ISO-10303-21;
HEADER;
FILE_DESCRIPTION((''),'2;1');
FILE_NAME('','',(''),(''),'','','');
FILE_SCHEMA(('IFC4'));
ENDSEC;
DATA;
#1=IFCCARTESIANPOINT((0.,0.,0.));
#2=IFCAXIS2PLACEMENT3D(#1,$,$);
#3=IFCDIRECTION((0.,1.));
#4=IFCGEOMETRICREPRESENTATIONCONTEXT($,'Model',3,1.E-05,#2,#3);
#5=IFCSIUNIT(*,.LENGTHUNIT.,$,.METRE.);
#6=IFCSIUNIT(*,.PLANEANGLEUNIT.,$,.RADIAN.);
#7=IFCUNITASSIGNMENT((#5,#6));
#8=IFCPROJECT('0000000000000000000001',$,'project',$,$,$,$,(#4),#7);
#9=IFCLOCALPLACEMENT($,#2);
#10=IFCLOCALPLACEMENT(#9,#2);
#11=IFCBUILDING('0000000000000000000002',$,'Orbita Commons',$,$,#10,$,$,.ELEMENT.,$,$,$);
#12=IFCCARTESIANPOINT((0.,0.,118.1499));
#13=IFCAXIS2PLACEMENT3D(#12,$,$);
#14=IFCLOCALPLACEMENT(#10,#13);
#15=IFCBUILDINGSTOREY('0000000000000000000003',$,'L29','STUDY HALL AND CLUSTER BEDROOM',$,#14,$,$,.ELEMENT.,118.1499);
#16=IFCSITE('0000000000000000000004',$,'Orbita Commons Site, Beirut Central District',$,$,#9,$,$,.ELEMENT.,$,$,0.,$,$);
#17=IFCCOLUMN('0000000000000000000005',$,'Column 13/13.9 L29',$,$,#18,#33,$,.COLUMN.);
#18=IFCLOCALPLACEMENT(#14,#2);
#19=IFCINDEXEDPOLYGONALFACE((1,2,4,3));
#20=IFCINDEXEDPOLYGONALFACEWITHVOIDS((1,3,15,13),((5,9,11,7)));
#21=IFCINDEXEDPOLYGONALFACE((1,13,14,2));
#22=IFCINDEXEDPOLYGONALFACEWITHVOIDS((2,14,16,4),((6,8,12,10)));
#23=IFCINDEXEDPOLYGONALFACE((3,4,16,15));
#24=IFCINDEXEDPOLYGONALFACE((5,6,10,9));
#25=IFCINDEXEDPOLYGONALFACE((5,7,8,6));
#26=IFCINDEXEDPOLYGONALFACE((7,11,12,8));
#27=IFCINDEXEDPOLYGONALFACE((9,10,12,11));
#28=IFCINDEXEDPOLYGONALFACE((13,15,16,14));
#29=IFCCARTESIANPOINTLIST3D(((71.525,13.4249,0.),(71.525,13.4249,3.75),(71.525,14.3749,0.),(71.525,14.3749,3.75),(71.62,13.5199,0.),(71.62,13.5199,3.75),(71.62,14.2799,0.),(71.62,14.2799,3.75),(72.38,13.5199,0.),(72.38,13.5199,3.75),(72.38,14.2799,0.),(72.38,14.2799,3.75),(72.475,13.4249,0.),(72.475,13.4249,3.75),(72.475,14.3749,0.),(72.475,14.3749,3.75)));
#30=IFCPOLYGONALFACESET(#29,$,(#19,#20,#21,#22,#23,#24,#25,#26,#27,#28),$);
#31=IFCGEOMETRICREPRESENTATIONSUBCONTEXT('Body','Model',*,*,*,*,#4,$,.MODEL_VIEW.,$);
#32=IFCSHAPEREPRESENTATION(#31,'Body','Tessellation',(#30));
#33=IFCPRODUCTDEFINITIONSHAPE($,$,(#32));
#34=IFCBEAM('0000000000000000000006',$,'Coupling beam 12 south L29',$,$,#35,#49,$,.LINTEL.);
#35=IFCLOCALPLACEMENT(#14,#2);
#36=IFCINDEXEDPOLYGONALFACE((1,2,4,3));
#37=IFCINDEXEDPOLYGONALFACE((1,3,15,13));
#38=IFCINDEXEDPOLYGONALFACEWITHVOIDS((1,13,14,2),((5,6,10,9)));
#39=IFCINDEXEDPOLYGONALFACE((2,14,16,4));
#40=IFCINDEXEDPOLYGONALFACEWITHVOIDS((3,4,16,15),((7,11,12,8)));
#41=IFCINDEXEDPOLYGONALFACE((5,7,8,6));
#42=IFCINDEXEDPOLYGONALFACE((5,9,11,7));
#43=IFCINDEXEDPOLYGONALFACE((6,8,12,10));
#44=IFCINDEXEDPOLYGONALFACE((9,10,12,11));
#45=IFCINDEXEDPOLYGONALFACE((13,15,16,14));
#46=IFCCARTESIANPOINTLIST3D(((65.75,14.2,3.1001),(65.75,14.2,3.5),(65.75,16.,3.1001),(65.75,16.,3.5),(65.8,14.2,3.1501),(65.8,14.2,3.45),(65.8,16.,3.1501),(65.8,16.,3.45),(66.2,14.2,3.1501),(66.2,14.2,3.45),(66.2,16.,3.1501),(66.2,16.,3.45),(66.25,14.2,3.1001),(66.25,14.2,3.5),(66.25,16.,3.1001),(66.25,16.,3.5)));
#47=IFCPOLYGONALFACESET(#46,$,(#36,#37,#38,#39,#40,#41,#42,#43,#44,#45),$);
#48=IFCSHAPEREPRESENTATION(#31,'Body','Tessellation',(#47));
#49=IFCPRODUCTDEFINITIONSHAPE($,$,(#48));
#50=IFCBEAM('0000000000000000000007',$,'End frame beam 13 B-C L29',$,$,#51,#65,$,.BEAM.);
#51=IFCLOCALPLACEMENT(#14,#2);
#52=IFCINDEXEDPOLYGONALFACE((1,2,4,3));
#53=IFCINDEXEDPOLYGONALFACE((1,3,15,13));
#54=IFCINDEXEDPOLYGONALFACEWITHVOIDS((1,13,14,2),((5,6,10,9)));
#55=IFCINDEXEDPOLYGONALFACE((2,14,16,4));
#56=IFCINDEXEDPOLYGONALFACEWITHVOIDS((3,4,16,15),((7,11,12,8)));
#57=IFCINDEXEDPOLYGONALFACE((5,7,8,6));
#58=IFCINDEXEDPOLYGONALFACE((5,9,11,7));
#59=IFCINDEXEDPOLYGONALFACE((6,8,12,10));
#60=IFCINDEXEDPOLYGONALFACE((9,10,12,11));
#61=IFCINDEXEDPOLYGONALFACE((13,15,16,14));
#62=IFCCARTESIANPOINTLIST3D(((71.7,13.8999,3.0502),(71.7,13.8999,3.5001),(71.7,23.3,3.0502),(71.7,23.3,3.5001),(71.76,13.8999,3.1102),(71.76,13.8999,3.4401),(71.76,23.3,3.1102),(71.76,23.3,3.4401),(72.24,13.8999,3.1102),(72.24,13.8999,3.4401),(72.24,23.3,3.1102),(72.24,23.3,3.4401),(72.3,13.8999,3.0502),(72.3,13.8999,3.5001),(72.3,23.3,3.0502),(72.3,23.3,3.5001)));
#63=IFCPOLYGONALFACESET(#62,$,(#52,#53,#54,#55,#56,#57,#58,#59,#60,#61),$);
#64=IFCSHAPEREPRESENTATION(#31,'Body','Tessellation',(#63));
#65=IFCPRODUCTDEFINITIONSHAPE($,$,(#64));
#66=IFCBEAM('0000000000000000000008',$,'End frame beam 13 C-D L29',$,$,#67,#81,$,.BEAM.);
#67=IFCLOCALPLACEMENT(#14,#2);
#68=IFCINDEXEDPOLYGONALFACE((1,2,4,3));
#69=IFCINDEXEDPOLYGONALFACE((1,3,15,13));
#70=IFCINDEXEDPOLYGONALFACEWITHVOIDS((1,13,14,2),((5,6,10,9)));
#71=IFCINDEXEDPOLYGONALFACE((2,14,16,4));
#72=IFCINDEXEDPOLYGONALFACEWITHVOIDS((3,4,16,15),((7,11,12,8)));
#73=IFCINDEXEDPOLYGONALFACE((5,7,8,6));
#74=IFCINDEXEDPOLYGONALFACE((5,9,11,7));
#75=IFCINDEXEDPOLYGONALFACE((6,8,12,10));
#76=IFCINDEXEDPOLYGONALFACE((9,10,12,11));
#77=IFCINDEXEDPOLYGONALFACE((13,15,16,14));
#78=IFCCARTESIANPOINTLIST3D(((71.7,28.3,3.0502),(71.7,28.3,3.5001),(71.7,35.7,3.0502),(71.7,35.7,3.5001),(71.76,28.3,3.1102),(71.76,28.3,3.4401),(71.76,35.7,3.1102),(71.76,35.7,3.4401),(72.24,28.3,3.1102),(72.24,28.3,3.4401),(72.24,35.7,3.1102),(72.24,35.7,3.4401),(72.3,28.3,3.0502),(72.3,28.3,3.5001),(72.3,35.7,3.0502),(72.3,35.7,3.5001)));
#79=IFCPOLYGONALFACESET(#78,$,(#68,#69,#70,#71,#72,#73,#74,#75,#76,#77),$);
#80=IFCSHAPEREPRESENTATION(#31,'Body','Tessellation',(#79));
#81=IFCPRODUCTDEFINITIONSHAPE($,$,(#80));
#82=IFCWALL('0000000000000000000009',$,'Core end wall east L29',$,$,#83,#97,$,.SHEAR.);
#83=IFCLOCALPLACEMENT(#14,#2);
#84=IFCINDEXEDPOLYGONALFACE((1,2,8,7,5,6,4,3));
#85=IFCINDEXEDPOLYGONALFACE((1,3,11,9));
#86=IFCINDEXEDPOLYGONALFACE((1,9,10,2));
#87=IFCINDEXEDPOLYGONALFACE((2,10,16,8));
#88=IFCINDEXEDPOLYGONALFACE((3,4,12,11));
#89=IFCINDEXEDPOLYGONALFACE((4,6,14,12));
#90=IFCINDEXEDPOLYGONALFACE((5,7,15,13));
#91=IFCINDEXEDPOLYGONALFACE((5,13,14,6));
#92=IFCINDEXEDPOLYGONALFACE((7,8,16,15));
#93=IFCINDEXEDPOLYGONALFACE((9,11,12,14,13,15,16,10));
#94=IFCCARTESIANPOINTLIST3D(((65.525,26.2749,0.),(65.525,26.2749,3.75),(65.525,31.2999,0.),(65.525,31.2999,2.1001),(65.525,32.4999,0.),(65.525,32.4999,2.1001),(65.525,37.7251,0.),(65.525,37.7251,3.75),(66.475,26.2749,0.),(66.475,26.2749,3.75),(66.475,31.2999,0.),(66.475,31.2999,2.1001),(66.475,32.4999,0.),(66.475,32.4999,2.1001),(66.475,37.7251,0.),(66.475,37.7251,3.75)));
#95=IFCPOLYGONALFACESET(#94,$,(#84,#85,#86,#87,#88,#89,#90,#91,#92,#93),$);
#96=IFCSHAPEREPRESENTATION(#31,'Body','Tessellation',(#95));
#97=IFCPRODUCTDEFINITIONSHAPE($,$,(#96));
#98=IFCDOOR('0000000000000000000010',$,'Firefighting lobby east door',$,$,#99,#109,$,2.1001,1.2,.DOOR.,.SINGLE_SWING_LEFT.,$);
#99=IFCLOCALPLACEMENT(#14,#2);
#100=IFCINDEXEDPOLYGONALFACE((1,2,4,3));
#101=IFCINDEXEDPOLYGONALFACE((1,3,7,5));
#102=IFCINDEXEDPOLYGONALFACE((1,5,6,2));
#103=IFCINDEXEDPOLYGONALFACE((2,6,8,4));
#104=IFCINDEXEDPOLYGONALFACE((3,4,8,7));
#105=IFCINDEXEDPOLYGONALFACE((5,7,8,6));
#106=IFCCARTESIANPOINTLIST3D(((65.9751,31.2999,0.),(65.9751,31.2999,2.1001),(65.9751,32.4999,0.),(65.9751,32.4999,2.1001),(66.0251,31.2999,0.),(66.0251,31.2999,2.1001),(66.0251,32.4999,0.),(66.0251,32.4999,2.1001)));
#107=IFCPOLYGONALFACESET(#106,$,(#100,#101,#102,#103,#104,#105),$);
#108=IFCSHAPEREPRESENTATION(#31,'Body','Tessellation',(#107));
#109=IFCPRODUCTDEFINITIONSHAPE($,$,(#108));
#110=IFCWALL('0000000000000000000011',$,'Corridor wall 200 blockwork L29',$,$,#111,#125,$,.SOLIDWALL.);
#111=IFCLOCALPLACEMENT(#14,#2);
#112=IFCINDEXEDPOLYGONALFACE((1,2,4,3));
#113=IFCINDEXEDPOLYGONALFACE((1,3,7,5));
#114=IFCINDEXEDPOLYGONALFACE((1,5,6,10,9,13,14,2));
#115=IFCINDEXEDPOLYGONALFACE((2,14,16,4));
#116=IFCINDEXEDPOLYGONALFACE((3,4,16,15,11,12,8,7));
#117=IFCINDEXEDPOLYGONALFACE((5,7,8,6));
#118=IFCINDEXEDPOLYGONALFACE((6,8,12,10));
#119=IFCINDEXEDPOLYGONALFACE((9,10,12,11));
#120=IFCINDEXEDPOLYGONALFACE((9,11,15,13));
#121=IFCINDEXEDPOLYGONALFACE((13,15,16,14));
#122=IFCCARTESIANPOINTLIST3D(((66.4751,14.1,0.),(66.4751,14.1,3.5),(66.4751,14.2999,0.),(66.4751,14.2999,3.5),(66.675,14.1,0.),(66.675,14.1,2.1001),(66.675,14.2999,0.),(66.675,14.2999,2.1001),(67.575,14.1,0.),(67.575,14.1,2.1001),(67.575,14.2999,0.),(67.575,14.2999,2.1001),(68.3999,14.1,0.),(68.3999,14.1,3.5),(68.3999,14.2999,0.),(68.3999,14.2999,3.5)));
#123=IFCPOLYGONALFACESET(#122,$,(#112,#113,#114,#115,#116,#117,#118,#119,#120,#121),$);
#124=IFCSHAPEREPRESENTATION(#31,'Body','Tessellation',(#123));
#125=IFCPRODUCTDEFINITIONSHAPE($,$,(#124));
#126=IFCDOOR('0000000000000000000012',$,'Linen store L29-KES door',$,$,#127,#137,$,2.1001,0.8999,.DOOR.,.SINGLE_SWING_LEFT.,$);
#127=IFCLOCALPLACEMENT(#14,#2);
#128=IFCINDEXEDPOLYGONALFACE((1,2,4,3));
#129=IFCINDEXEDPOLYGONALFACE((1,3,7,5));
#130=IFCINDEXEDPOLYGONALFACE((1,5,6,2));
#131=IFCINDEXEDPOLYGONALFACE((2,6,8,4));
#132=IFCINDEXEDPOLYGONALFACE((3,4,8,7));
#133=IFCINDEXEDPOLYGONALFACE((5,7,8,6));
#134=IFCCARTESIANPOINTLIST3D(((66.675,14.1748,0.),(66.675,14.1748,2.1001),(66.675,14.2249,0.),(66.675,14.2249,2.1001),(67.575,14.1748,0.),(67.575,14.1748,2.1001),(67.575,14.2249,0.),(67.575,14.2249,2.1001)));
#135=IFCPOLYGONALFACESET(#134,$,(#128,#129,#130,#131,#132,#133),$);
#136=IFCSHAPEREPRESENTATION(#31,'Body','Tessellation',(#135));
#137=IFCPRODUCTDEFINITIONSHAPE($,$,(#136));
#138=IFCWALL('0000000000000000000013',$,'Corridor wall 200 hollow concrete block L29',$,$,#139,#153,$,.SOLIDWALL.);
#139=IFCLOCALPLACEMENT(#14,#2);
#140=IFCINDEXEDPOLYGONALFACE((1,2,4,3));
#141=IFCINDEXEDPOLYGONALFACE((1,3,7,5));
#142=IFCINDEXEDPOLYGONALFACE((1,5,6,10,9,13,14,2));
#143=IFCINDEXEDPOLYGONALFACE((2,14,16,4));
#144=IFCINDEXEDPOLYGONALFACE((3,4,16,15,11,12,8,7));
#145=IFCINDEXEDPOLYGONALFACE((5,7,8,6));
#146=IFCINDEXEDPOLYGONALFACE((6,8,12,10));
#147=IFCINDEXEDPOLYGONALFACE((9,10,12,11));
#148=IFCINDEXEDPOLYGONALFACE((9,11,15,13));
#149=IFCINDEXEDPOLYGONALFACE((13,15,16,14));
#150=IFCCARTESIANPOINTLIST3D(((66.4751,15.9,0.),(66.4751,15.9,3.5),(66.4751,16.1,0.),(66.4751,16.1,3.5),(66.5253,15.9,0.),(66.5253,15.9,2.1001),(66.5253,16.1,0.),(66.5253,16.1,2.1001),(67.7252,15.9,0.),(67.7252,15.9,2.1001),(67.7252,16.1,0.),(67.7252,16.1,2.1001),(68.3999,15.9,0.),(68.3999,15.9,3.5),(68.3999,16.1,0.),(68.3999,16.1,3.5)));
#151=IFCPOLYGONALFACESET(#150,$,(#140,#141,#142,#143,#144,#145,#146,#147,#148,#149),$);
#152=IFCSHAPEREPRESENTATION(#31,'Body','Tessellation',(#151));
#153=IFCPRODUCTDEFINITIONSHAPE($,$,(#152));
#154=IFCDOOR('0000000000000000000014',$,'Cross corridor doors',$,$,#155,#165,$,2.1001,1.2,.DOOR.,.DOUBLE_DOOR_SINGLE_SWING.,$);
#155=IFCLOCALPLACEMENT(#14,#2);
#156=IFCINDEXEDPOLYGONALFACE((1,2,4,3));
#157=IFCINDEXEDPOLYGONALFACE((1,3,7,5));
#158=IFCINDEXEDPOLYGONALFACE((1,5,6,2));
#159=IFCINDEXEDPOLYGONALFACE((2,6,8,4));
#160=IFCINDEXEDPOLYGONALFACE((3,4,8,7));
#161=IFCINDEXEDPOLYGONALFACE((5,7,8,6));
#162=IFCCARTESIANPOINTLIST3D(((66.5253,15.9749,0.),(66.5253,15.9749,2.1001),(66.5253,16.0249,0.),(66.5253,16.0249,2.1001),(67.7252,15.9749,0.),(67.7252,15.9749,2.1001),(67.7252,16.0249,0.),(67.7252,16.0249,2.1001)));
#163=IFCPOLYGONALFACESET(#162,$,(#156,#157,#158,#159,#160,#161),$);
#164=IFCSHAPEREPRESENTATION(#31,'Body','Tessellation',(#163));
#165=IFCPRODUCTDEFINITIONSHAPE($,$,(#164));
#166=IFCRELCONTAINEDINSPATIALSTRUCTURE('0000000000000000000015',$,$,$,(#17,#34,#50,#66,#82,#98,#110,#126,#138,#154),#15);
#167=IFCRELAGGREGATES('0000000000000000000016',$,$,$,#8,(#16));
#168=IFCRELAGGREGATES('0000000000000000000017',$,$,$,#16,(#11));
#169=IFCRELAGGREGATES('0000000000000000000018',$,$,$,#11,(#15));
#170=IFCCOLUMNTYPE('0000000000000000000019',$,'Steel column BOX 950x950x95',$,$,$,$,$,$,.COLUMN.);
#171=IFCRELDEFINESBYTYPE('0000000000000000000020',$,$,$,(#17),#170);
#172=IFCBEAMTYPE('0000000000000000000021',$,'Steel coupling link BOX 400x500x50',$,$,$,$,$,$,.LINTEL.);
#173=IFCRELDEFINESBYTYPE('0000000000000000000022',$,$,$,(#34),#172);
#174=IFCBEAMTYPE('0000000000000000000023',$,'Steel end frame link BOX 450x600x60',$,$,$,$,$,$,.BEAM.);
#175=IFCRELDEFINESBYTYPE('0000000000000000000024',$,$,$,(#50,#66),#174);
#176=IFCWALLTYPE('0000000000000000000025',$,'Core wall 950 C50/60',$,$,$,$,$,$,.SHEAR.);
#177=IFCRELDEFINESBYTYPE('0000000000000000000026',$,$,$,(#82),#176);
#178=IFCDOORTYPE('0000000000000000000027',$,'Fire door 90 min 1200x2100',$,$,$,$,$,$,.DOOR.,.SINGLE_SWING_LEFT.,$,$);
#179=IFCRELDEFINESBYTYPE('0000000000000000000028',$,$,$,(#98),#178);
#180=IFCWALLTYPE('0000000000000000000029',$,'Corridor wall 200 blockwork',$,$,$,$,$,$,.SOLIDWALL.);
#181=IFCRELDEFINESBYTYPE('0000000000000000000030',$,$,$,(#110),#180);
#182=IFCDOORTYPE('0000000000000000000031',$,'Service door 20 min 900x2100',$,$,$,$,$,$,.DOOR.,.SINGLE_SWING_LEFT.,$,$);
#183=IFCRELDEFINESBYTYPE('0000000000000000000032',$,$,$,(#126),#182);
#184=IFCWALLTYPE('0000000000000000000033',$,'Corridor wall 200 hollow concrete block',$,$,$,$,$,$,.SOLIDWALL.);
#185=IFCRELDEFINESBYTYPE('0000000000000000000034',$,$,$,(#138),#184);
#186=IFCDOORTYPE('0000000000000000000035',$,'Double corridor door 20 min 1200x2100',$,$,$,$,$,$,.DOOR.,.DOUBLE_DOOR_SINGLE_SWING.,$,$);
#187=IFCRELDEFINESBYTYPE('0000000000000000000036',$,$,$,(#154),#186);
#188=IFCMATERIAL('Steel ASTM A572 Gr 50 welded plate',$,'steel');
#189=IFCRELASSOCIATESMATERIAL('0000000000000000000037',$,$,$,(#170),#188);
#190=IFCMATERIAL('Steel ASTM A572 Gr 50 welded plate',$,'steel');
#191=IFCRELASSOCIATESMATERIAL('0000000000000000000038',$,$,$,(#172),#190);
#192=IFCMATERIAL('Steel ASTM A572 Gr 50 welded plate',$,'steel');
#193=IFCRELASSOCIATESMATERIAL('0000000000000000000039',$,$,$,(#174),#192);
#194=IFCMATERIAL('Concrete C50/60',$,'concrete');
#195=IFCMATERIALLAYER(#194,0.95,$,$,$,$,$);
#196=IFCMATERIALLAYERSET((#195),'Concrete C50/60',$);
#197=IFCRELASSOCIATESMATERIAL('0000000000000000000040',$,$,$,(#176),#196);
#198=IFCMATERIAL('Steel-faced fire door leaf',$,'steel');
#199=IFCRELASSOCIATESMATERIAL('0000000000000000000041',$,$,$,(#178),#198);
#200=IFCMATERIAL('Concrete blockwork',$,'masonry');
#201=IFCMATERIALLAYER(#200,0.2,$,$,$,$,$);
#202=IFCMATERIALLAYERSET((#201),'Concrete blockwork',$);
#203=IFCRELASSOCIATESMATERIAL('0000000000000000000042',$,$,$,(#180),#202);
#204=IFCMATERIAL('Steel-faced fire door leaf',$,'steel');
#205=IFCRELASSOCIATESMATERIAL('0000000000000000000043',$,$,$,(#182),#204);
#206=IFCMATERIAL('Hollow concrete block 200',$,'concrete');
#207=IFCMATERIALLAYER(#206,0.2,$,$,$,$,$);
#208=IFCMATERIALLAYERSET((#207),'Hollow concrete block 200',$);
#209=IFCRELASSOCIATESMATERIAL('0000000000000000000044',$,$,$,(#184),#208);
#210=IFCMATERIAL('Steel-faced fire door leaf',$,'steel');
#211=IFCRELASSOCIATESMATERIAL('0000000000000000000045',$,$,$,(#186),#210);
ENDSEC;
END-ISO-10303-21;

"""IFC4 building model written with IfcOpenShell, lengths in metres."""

from ifc_helpers import new_model, si_unit, direction, frame, frame_2d, origin, origin_2d, place, context, subcontext, project, spatial, rectangle, hollow_rectangle, extrude, material, layer, layer_set, material_profile, profile_set, type_object, element, fill, save


model = new_model("IFC4")

# Units and contexts
model_context = context("Model", 3, precision=1e-05, world=origin(), true_north=direction((0.0, 1.0)))
body_context = subcontext(model_context, "Body", "Model", "MODEL_VIEW")
ifc_project = project(units=[si_unit("LENGTHUNIT", "METRE"), si_unit("PLANEANGLEUNIT", "RADIAN")], contexts=[model_context])

# Site, building, storey
site_placement = place(None, origin())
site = spatial("IfcSite", under=ifc_project, at=site_placement, Name="Orbita Commons Site, Beirut Central District", CompositionType="ELEMENT", RefElevation=0.0)
building_placement = place(site_placement, origin())
building = spatial("IfcBuilding", under=site, at=building_placement, Name="Orbita Commons", CompositionType="ELEMENT")
storey_placement = place(building_placement, frame((0.0, 0.0, 118.1499)))
storey = spatial("IfcBuildingStorey", under=building, at=storey_placement, Name="L29", Description="STUDY HALL AND CLUSTER BEDROOM", CompositionType="ELEMENT", Elevation=118.1499)

# Column
ifc_material_1 = material(Name="Steel ASTM A572 Gr 50 welded plate", Category="steel")
ifc_material_profile_1 = material_profile(ifc_material_1, hollow_rectangle(XDim=0.95, YDim=0.95, WallThickness=0.095, at=origin_2d()), Name="BOX 950x950x95")
ifc_profile_set_1 = profile_set([ifc_material_profile_1], Name="Steel ASTM A572 Gr 50 welded plate")
column_type = type_object("IfcColumnType", Name="Steel column BOX 950x950x95", PredefinedType="COLUMN", material=ifc_profile_set_1)
column_placement = place(storey_placement, frame((72.0, 13.8999, 0.0), z_axis=(0.0, 0.0, 1.0), x_axis=(1.0, 0.0, 0.0)))
element("IfcColumn", 1, at=column_placement, inside=storey, type_object=column_type, Name="Column 13/13.9 L29", PredefinedType="COLUMN", context=body_context, shape_type="SweptSolid", body=[
    extrude(hollow_rectangle(XDim=0.95, YDim=0.95, WallThickness=0.095, at=origin_2d()), origin(), (0.0, 0.0, 1.0), 3.75),
])

# Beams
ifc_material_2 = material(Name="Steel ASTM A572 Gr 50 welded plate", Category="steel")
ifc_material_profile_2 = material_profile(ifc_material_2, hollow_rectangle(XDim=0.5, YDim=0.3999, WallThickness=0.05, at=origin_2d()), Name="BOX 400x500x50")
ifc_profile_set_2 = profile_set([ifc_material_profile_2], Name="Steel ASTM A572 Gr 50 welded plate")
beam_type_1 = type_object("IfcBeamType", Name="Steel coupling link BOX 400x500x50", PredefinedType="LINTEL", material=ifc_profile_set_2)
beam_1_placement = place(storey_placement, frame((66.0, 14.2, 3.3), z_axis=(0.0, 1.0, 0.0), x_axis=(-1.0, 0.0, 0.0)))
element("IfcBeam", 2, at=beam_1_placement, inside=storey, type_object=beam_type_1, Name="Coupling beam 12 south L29", PredefinedType="LINTEL", context=body_context, shape_type="SweptSolid", body=[
    extrude(hollow_rectangle(XDim=0.5, YDim=0.3999, WallThickness=0.05, at=origin_2d()), origin(), (0.0, 0.0, 1.0), 1.8),
])
ifc_material_3 = material(Name="Steel ASTM A572 Gr 50 welded plate", Category="steel")
ifc_material_profile_3 = material_profile(ifc_material_3, hollow_rectangle(XDim=0.6001, YDim=0.45, WallThickness=0.0601, at=origin_2d()), Name="BOX 450x600x60")
ifc_profile_set_3 = profile_set([ifc_material_profile_3], Name="Steel ASTM A572 Gr 50 welded plate")
beam_type_2 = type_object("IfcBeamType", Name="Steel end frame link BOX 450x600x60", PredefinedType="BEAM", material=ifc_profile_set_3)
beam_2_placement = place(storey_placement, frame((72.0, 13.8999, 3.2751), z_axis=(0.0, 1.0, 0.0), x_axis=(-1.0, 0.0, 0.0)))
element("IfcBeam", 3, at=beam_2_placement, inside=storey, type_object=beam_type_2, Name="End frame beam 13 B-C L29", PredefinedType="BEAM", context=body_context, shape_type="SweptSolid", body=[
    extrude(hollow_rectangle(XDim=0.6001, YDim=0.45, WallThickness=0.0601, at=origin_2d()), origin(), (0.0, 0.0, 1.0), 9.4001),
])
beam_3_placement = place(storey_placement, frame((72.0, 28.3, 3.2751), z_axis=(0.0, 1.0, 0.0), x_axis=(-1.0, 0.0, 0.0)))
element("IfcBeam", 4, at=beam_3_placement, inside=storey, type_object=beam_type_2, Name="End frame beam 13 C-D L29", PredefinedType="BEAM", context=body_context, shape_type="SweptSolid", body=[
    extrude(hollow_rectangle(XDim=0.6001, YDim=0.45, WallThickness=0.0601, at=origin_2d()), origin(), (0.0, 0.0, 1.0), 7.3999),
])

# Walls, openings, doors
ifc_material_4 = material(Name="Concrete C50/60", Category="concrete")
ifc_layer_1 = layer(ifc_material_4, 0.95)
ifc_layer_set_1 = layer_set([ifc_layer_1], Name="Concrete C50/60")
wall_type_1 = type_object("IfcWallType", Name="Core wall 950 C50/60", PredefinedType="SHEAR", material=ifc_layer_set_1)
wall_1_placement = place(storey_placement, frame((66.0, 26.2749, 0.0), z_axis=(0.0, 0.0, 1.0), x_axis=(0.0, 1.0, 0.0)))
wall_1 = element("IfcWall", 5, at=wall_1_placement, inside=storey, type_object=wall_type_1, Name="Core end wall east L29", PredefinedType="SHEAR", context=body_context, shape_type="SweptSolid", body=[
    extrude(rectangle(XDim=11.4502, YDim=0.95, at=frame_2d((5.7251, 0.0))), origin(), (0.0, 0.0, 1.0), 3.75),
])
opening_1_placement = place(wall_1_placement, frame((5.0249, 0.0, 0.0)))
opening_1 = element("IfcOpeningElement", 6, at=opening_1_placement, cuts=wall_1, PredefinedType="OPENING", context=body_context, shape_type="SweptSolid", body=[
    extrude(rectangle(XDim=1.2, YDim=2.1001, at=frame_2d((0.6001, 1.05))), frame((0.0, 0.4849, 0.0), z_axis=(0.0, -1.0, 0.0), x_axis=(1.0, 0.0, 0.0)), (0.0, 0.0, 1.0), 0.97),
])
ifc_material_5 = material(Name="Steel-faced fire door leaf", Category="steel")
door_type_1 = type_object("IfcDoorType", Name="Fire door 90 min 1200x2100", OperationType="SINGLE_SWING_LEFT", PredefinedType="DOOR", material=ifc_material_5)
door_1_placement = place(opening_1_placement, origin())
door_1 = element("IfcDoor", 7, at=door_1_placement, inside=storey, type_object=door_type_1, Name="Firefighting lobby east door", OperationType="SINGLE_SWING_LEFT", OverallHeight=2.1001, OverallWidth=1.2, PredefinedType="DOOR", context=body_context, shape_type="SweptSolid", body=[
    extrude(rectangle(XDim=1.2, YDim=2.1001, at=frame_2d((0.6001, 1.05))), frame((0.0, 0.0249, 0.0), z_axis=(0.0, -1.0, 0.0), x_axis=(1.0, 0.0, 0.0)), (0.0, 0.0, 1.0), 0.05),
])
fill(opening_1, door_1)
ifc_material_6 = material(Name="Concrete blockwork", Category="masonry")
ifc_layer_2 = layer(ifc_material_6, 0.2)
ifc_layer_set_2 = layer_set([ifc_layer_2], Name="Concrete blockwork")
wall_type_2 = type_object("IfcWallType", Name="Corridor wall 200 blockwork", PredefinedType="SOLIDWALL", material=ifc_layer_set_2)
wall_2_placement = place(storey_placement, frame((66.4751, 14.2, 0.0), z_axis=(0.0, 0.0, 1.0), x_axis=(1.0, 0.0, 0.0)))
wall_2 = element("IfcWall", 8, at=wall_2_placement, inside=storey, type_object=wall_type_2, Name="Corridor wall 200 blockwork L29", PredefinedType="SOLIDWALL", context=body_context, shape_type="SweptSolid", body=[
    extrude(rectangle(XDim=1.9248, YDim=0.2, at=frame_2d((0.9624, 0.0))), origin(), (0.0, 0.0, 1.0), 3.5),
])
opening_2_placement = place(wall_2_placement, frame((0.2, 0.0, 0.0)))
opening_2 = element("IfcOpeningElement", 9, at=opening_2_placement, cuts=wall_2, PredefinedType="OPENING", context=body_context, shape_type="SweptSolid", body=[
    extrude(rectangle(XDim=0.8999, YDim=2.1001, at=frame_2d((0.45, 1.05))), frame((0.0, 0.1099, 0.0), z_axis=(0.0, -1.0, 0.0), x_axis=(1.0, 0.0, 0.0)), (0.0, 0.0, 1.0), 0.22),
])
ifc_material_7 = material(Name="Steel-faced fire door leaf", Category="steel")
door_type_2 = type_object("IfcDoorType", Name="Service door 20 min 900x2100", OperationType="SINGLE_SWING_LEFT", PredefinedType="DOOR", material=ifc_material_7)
door_2_placement = place(opening_2_placement, origin())
door_2 = element("IfcDoor", 10, at=door_2_placement, inside=storey, type_object=door_type_2, Name="Linen store L29-KES door", OperationType="SINGLE_SWING_LEFT", OverallHeight=2.1001, OverallWidth=0.8999, PredefinedType="DOOR", context=body_context, shape_type="SweptSolid", body=[
    extrude(rectangle(XDim=0.8999, YDim=2.1001, at=frame_2d((0.45, 1.05))), frame((0.0, 0.0249, 0.0), z_axis=(0.0, -1.0, 0.0), x_axis=(1.0, 0.0, 0.0)), (0.0, 0.0, 1.0), 0.05),
])
fill(opening_2, door_2)
ifc_material_8 = material(Name="Hollow concrete block 200", Category="concrete")
ifc_layer_3 = layer(ifc_material_8, 0.2)
ifc_layer_set_3 = layer_set([ifc_layer_3], Name="Hollow concrete block 200")
wall_type_3 = type_object("IfcWallType", Name="Corridor wall 200 hollow concrete block", PredefinedType="SOLIDWALL", material=ifc_layer_set_3)
wall_3_placement = place(storey_placement, frame((66.4751, 16.0, 0.0), z_axis=(0.0, 0.0, 1.0), x_axis=(1.0, 0.0, 0.0)))
wall_3 = element("IfcWall", 11, at=wall_3_placement, inside=storey, type_object=wall_type_3, Name="Corridor wall 200 hollow concrete block L29", PredefinedType="SOLIDWALL", context=body_context, shape_type="SweptSolid", body=[
    extrude(rectangle(XDim=1.9248, YDim=0.2, at=frame_2d((0.9624, 0.0))), origin(), (0.0, 0.0, 1.0), 3.5),
])
opening_3_placement = place(wall_3_placement, frame((0.05, 0.0, 0.0)))
opening_3 = element("IfcOpeningElement", 12, at=opening_3_placement, cuts=wall_3, PredefinedType="OPENING", context=body_context, shape_type="SweptSolid", body=[
    extrude(rectangle(XDim=1.2, YDim=2.1001, at=frame_2d((0.6001, 1.05))), frame((0.0, 0.1099, 0.0), z_axis=(0.0, -1.0, 0.0), x_axis=(1.0, 0.0, 0.0)), (0.0, 0.0, 1.0), 0.22),
])
ifc_material_9 = material(Name="Steel-faced fire door leaf", Category="steel")
door_type_3 = type_object("IfcDoorType", Name="Double corridor door 20 min 1200x2100", OperationType="DOUBLE_DOOR_SINGLE_SWING", PredefinedType="DOOR", material=ifc_material_9)
door_3_placement = place(opening_3_placement, origin())
door_3 = element("IfcDoor", 13, at=door_3_placement, inside=storey, type_object=door_type_3, Name="Cross corridor doors", OperationType="DOUBLE_DOOR_SINGLE_SWING", OverallHeight=2.1001, OverallWidth=1.2, PredefinedType="DOOR", context=body_context, shape_type="SweptSolid", body=[
    extrude(rectangle(XDim=1.2, YDim=2.1001, at=frame_2d((0.6001, 1.05))), frame((0.0, 0.0249, 0.0), z_axis=(0.0, -1.0, 0.0), x_axis=(1.0, 0.0, 0.0)), (0.0, 0.0, 1.0), 0.05),
])
fill(opening_3, door_3)

save(model, "model.ifc")
